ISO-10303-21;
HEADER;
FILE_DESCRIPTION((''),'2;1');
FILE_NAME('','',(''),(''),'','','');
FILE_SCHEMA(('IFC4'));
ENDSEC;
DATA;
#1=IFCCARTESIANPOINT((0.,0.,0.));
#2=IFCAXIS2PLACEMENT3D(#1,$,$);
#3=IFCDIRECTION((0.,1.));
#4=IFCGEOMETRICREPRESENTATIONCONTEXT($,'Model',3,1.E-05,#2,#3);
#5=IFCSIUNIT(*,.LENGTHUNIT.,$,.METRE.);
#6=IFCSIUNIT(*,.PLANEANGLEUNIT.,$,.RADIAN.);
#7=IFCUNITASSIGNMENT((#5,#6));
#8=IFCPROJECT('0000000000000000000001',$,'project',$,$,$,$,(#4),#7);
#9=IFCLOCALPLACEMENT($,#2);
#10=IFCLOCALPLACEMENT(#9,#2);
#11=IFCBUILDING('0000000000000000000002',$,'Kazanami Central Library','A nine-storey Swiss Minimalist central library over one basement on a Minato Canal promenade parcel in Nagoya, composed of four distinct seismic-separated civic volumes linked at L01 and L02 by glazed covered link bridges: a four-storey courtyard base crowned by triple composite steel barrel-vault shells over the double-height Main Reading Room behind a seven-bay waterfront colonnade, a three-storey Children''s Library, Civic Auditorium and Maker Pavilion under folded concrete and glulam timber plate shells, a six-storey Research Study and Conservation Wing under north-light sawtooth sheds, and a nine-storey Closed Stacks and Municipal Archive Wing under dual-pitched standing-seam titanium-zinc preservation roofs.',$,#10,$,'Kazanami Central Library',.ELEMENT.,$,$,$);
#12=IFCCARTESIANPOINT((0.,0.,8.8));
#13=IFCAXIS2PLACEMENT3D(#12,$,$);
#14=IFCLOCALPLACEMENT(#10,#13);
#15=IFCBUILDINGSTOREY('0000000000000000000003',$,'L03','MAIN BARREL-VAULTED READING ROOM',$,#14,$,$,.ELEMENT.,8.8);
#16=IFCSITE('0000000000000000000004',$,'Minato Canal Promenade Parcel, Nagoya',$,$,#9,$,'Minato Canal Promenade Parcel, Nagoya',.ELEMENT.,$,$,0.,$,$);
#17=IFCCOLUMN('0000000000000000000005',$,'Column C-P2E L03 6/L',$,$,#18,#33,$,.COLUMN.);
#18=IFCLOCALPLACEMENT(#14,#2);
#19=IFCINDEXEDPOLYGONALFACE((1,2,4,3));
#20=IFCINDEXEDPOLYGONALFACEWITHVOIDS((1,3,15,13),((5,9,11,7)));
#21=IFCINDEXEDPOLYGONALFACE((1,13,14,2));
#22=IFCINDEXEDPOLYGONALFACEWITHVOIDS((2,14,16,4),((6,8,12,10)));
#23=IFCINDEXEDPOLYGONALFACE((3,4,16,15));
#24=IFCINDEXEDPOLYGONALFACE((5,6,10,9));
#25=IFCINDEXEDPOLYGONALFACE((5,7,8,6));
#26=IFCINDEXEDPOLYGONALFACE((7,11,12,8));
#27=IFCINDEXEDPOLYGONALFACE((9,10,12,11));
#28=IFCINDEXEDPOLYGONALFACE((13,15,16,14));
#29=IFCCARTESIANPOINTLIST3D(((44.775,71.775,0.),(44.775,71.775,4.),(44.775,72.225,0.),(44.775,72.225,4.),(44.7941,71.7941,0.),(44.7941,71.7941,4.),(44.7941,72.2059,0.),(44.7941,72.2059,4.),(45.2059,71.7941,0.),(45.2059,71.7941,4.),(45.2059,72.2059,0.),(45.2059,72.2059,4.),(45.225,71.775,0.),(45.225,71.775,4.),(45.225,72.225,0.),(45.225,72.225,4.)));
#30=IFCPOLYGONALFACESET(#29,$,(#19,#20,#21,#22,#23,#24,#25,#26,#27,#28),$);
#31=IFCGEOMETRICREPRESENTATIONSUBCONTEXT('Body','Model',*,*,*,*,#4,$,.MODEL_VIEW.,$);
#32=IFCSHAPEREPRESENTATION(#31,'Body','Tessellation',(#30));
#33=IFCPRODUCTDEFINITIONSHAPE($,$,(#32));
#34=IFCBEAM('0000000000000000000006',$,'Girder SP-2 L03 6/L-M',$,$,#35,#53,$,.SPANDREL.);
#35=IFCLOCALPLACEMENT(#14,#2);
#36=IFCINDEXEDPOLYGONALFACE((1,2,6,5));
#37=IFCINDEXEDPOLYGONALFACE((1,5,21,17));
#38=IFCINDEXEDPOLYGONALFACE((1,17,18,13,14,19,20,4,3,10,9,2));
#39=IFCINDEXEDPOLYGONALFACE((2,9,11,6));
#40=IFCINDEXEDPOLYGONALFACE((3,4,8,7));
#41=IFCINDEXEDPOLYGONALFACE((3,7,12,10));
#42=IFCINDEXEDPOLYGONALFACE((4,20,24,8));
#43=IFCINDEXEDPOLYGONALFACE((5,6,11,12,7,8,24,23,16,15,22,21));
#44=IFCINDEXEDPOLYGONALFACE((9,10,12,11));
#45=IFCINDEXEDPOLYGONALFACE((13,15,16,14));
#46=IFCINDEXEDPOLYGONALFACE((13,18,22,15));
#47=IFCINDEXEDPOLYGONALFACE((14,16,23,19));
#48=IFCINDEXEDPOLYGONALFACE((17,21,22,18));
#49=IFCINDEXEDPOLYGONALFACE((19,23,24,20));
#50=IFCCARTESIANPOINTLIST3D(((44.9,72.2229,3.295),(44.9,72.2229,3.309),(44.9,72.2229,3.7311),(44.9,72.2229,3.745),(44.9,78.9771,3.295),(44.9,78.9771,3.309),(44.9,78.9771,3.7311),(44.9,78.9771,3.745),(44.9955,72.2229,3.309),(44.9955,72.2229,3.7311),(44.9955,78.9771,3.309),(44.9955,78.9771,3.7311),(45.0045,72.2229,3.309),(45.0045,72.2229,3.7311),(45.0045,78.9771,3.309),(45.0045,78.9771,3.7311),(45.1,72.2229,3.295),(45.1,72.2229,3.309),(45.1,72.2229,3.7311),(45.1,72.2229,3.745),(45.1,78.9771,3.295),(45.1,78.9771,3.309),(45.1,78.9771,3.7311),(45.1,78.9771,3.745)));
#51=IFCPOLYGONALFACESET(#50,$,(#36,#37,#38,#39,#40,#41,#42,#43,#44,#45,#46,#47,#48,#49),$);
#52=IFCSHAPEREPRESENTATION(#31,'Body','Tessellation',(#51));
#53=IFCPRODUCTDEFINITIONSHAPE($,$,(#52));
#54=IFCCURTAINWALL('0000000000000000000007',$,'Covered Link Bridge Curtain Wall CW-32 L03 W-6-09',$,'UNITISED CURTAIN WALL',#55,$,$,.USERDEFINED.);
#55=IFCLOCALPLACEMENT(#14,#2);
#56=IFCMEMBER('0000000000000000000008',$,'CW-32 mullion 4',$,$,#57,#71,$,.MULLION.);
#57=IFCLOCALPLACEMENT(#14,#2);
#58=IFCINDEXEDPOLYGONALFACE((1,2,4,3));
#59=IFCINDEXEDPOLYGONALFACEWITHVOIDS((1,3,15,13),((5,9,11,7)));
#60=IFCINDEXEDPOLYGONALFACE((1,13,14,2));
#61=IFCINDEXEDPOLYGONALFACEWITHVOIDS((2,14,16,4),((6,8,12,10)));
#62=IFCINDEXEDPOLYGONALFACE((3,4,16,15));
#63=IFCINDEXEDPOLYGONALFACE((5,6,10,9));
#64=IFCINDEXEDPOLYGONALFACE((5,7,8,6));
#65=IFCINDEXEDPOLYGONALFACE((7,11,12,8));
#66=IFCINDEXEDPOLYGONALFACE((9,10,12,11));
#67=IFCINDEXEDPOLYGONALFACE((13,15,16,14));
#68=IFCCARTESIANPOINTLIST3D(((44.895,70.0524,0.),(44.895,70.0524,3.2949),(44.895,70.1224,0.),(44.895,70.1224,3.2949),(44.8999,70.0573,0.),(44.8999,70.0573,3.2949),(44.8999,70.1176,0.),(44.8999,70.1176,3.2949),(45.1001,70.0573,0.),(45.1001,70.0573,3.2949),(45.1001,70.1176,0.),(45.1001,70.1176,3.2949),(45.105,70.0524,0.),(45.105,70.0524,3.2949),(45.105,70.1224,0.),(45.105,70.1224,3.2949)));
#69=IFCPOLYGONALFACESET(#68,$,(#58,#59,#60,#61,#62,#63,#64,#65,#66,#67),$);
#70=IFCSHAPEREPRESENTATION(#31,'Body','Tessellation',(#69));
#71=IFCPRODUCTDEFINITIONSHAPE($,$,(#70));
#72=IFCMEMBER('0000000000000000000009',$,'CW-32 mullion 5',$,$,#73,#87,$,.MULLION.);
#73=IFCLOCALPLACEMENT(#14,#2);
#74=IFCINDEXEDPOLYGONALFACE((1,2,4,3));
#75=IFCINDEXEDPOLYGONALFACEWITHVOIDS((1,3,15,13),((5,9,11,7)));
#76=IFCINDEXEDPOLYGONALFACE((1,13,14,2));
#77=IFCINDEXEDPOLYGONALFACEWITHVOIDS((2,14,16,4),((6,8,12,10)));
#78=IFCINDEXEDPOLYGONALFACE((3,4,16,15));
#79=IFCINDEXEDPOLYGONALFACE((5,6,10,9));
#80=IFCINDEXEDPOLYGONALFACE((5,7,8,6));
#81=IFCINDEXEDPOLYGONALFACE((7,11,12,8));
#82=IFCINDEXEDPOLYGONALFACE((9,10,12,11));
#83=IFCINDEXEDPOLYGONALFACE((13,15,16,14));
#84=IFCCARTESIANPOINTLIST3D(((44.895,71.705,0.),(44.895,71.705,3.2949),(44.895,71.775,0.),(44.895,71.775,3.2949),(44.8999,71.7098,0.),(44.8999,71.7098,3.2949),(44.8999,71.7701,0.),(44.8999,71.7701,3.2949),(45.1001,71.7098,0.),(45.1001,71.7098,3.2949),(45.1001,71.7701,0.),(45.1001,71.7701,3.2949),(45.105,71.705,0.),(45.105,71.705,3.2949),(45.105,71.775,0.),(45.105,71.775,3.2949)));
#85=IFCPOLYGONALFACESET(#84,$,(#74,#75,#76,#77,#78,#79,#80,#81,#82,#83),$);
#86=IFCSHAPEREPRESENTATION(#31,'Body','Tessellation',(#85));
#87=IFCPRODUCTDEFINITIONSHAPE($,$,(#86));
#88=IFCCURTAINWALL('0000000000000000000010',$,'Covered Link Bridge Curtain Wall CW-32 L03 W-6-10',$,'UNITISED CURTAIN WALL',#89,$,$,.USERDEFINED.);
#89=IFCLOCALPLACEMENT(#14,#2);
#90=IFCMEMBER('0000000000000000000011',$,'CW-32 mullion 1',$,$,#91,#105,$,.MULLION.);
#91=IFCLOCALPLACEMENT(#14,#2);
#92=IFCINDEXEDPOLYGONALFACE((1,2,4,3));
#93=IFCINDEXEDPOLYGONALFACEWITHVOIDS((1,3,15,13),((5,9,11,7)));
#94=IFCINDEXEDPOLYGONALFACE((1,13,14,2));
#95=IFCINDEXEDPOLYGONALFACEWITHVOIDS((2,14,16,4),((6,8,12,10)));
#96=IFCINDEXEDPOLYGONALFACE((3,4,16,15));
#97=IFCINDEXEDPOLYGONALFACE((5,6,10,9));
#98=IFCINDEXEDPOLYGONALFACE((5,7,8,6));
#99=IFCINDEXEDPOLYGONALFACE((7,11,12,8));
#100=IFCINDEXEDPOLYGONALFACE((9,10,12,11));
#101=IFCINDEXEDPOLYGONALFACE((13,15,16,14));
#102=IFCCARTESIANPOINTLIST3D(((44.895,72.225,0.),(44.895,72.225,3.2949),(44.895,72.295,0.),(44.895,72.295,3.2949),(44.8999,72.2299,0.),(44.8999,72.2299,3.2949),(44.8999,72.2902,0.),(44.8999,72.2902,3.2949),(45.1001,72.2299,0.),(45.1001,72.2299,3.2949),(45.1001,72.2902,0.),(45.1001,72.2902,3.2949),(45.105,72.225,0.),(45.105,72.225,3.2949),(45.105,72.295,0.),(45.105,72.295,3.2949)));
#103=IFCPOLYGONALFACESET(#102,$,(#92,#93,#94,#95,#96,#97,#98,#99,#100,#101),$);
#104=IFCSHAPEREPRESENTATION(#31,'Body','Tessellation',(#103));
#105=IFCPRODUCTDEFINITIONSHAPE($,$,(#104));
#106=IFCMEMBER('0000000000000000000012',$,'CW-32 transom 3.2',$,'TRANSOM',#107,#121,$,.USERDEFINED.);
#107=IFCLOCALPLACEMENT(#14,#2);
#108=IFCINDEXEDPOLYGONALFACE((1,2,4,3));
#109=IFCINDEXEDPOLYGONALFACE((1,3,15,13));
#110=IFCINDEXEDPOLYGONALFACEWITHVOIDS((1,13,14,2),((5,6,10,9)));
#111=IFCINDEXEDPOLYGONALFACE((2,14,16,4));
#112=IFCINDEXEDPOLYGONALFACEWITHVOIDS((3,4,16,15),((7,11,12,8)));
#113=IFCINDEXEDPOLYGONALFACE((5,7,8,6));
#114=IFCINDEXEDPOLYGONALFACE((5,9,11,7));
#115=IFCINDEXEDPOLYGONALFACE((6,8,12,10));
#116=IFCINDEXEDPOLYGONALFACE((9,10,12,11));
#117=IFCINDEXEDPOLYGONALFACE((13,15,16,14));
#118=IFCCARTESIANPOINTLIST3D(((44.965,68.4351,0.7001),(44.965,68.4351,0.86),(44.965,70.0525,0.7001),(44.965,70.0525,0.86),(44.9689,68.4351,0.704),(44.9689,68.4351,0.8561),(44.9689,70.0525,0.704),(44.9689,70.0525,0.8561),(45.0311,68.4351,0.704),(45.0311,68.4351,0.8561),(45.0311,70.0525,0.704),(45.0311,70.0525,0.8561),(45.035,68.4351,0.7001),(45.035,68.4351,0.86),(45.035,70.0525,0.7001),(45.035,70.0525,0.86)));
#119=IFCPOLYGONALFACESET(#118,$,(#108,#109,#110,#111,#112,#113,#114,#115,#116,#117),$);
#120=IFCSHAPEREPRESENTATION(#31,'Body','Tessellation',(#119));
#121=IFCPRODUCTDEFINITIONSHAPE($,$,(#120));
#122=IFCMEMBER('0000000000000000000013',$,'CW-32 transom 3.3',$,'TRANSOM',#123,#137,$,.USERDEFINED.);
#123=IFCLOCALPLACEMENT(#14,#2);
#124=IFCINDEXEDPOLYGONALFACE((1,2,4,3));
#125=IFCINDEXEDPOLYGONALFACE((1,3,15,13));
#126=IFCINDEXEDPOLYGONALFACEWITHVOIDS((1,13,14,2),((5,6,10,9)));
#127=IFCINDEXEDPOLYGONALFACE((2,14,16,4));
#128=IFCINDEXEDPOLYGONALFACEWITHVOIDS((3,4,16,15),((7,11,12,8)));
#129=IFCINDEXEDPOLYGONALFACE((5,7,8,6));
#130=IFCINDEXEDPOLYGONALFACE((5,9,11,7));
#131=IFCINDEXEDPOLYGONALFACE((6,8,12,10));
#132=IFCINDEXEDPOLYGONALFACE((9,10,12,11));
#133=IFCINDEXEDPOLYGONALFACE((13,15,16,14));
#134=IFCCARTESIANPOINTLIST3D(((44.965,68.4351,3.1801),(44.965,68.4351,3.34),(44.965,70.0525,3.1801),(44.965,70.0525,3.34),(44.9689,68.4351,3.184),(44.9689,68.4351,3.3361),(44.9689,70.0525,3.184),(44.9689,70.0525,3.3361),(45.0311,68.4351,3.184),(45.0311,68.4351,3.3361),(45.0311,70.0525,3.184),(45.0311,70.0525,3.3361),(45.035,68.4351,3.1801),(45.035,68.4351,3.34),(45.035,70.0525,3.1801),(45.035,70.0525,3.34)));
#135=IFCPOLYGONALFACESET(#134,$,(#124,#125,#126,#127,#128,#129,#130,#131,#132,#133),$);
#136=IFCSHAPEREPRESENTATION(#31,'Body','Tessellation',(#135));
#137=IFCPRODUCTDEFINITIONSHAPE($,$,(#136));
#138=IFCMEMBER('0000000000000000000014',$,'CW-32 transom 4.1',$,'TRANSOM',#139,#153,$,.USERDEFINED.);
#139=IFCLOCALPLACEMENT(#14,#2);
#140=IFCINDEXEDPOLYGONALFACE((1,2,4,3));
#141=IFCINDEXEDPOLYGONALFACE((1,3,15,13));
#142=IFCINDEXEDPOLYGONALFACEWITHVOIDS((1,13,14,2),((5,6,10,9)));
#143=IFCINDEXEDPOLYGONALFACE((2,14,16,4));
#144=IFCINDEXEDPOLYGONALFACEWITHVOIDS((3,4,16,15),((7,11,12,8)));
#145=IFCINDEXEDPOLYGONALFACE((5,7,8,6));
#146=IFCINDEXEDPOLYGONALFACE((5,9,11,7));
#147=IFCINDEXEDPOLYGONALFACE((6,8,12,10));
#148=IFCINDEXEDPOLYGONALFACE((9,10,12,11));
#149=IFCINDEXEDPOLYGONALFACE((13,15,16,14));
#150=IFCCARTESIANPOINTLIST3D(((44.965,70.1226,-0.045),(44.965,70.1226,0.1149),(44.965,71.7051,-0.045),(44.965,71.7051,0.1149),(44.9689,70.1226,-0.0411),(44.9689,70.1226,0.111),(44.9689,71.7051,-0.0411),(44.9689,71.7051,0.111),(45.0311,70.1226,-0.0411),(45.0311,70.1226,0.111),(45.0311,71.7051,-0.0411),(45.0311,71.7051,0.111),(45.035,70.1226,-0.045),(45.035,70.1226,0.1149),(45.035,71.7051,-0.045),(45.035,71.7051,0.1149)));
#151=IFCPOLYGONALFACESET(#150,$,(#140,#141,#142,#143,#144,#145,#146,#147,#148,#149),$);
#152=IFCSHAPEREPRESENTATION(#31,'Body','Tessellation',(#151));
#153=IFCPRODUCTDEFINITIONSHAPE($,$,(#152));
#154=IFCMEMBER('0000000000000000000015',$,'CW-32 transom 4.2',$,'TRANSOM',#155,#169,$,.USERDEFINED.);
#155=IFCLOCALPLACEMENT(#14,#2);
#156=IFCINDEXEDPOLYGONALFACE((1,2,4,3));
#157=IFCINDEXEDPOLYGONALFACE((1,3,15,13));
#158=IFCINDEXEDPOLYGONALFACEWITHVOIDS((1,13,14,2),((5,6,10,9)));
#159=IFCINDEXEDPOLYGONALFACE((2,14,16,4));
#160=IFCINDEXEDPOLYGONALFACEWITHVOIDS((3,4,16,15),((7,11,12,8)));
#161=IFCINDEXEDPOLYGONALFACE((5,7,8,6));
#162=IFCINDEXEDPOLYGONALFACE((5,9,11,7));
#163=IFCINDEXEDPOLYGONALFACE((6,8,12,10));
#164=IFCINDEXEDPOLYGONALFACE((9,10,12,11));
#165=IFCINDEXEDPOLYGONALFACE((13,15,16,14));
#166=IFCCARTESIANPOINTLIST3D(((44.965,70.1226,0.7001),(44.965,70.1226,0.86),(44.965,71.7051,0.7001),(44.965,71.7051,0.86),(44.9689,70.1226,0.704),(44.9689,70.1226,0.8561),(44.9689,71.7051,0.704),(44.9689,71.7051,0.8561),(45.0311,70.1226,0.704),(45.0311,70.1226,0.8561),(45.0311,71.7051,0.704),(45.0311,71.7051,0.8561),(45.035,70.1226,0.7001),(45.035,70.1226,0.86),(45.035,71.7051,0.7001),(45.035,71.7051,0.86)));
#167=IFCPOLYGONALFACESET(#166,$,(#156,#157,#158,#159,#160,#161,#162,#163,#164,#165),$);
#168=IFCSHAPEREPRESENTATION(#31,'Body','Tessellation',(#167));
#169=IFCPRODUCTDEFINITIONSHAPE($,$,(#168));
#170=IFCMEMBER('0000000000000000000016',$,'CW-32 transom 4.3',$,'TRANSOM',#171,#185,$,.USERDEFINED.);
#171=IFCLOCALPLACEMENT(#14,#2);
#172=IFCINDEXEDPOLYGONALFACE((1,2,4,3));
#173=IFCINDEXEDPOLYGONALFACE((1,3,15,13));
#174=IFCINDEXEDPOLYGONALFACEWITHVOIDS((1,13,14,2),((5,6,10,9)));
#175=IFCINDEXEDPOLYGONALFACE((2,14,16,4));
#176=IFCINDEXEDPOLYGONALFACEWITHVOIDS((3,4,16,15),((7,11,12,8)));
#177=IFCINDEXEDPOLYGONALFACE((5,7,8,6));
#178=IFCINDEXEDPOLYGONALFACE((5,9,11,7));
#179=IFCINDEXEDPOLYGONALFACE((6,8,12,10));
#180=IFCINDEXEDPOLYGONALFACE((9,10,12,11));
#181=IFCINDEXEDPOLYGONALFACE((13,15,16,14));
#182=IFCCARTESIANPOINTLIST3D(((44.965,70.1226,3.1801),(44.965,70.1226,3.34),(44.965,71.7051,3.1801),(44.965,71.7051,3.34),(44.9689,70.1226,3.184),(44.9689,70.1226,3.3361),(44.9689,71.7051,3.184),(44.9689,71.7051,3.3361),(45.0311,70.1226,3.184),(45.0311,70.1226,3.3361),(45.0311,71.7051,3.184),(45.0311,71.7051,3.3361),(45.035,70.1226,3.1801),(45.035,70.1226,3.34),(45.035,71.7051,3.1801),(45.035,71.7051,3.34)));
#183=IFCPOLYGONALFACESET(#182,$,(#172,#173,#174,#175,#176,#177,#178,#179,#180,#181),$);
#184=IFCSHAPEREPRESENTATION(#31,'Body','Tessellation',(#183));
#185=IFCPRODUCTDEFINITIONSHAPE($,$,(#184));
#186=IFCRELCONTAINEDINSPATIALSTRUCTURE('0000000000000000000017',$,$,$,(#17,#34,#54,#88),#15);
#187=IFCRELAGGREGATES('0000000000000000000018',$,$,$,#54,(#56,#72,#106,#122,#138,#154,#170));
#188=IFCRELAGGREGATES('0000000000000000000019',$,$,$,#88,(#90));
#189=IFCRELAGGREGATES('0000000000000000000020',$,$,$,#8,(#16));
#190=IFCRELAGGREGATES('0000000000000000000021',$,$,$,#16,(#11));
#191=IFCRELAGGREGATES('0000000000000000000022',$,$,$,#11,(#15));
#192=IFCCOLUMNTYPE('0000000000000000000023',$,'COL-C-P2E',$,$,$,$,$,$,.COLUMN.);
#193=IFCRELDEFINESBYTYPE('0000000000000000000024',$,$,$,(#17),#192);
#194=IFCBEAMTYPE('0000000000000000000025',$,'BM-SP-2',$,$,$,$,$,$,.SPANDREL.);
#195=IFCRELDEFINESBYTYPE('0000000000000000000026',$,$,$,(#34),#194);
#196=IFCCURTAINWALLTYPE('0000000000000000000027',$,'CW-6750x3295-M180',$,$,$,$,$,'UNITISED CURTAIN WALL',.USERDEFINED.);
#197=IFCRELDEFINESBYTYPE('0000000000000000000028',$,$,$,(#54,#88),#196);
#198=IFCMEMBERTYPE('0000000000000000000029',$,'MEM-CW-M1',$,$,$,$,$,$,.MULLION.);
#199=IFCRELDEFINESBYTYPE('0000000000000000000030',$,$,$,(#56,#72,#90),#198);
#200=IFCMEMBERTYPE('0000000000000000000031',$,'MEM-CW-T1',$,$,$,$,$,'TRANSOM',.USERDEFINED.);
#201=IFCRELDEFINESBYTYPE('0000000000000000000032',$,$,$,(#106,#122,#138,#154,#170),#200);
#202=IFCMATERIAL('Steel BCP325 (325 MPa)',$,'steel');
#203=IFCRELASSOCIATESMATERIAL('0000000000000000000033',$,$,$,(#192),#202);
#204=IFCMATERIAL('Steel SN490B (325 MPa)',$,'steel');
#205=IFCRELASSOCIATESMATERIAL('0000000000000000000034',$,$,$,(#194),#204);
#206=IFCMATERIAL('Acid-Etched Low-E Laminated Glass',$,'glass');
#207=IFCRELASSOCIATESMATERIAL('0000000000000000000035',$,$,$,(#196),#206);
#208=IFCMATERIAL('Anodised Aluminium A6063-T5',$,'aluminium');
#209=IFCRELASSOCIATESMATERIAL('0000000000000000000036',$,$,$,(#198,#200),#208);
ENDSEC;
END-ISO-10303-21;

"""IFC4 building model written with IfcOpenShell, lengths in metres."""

from ifc_helpers import new_model, si_unit, direction, frame, origin, origin_2d, place, context, subcontext, project, spatial, hollow_rectangle, i_section, extrude, material, material_profile, profile_set, type_object, element, aggregate, save


model = new_model("IFC4")

# Units and contexts
model_context = context("Model", 3, precision=1e-05, world=origin(), true_north=direction((0.0, 1.0)))
body_context = subcontext(model_context, "Body", "Model", "MODEL_VIEW")
ifc_project = project(units=[si_unit("LENGTHUNIT", "METRE"), si_unit("PLANEANGLEUNIT", "RADIAN")], contexts=[model_context])

# Site, building, storey
site_placement = place(None, origin())
site = spatial("IfcSite", under=ifc_project, at=site_placement, Name="Minato Canal Promenade Parcel, Nagoya", LongName="Minato Canal Promenade Parcel, Nagoya", CompositionType="ELEMENT", RefElevation=0.0)
building_placement = place(site_placement, origin())
building = spatial("IfcBuilding", under=site, at=building_placement, Name="Kazanami Central Library", Description="A nine-storey Swiss Minimalist central library over one basement on a Minato Canal promenade parcel in Nagoya, composed of four distinct seismic-separated civic volumes linked at L01 and L02 by glazed covered link bridges: a four-storey courtyard base crowned by triple composite steel barrel-vault shells over the double-height Main Reading Room behind a seven-bay waterfront colonnade, a three-storey Children's Library, Civic Auditorium and Maker Pavilion under folded concrete and glulam timber plate shells, a six-storey Research Study and Conservation Wing under north-light sawtooth sheds, and a nine-storey Closed Stacks and Municipal Archive Wing under dual-pitched standing-seam titanium-zinc preservation roofs.", LongName="Kazanami Central Library", CompositionType="ELEMENT")
storey_placement = place(building_placement, frame((0.0, 0.0, 8.8)))
storey = spatial("IfcBuildingStorey", under=building, at=storey_placement, Name="L03", Description="MAIN BARREL-VAULTED READING ROOM", CompositionType="ELEMENT", Elevation=8.8)

# Column
ifc_material_1 = material(Name="Steel BCP325 (325 MPa)", Category="steel")
ifc_material_profile_1 = material_profile(ifc_material_1, hollow_rectangle(XDim=0.45, YDim=0.45, WallThickness=0.019, at=origin_2d()), Name="BCP-450x450x19")
ifc_profile_set_1 = profile_set([ifc_material_profile_1], Name="Steel BCP325 (325 MPa)")
column_type = type_object("IfcColumnType", Name="COL-C-P2E", PredefinedType="COLUMN", material=ifc_profile_set_1)
column_placement = place(storey_placement, frame((45.0, 72.0, 0.0), z_axis=(0.0, 0.0, 1.0), x_axis=(1.0, 0.0, 0.0)))
element("IfcColumn", 1, at=column_placement, inside=storey, type_object=column_type, Name="Column C-P2E L03 6/L", PredefinedType="COLUMN", context=body_context, shape_type="SweptSolid", body=[
    extrude(hollow_rectangle(XDim=0.45, YDim=0.45, WallThickness=0.019, at=origin_2d()), origin(), (0.0, 0.0, 1.0), 4.0),
])

# Beam
ifc_material_2 = material(Name="Steel SN490B (325 MPa)", Category="steel")
ifc_material_profile_2 = material_profile(ifc_material_2, i_section(OverallWidth=0.2, OverallDepth=0.45, WebThickness=0.009, FlangeThickness=0.0139, at=origin_2d()), Name="H-450x200x9x14")
ifc_profile_set_2 = profile_set([ifc_material_profile_2], Name="Steel SN490B (325 MPa)")
beam_type = type_object("IfcBeamType", Name="BM-SP-2", PredefinedType="SPANDREL", material=ifc_profile_set_2)
beam_placement = place(storey_placement, frame((45.0, 72.2229, 3.52), z_axis=(0.0, 1.0, 0.0), x_axis=(-1.0, 0.0, 0.0)))
element("IfcBeam", 2, at=beam_placement, inside=storey, type_object=beam_type, Name="Girder SP-2 L03 6/L-M", PredefinedType="SPANDREL", context=body_context, shape_type="SweptSolid", body=[
    extrude(i_section(OverallWidth=0.2, OverallDepth=0.45, WebThickness=0.009, FlangeThickness=0.0139, at=origin_2d()), origin(), (0.0, 0.0, 1.0), 6.7542),
])

# Curtain wall, members
ifc_material_3 = material(Name="Acid-Etched Low-E Laminated Glass", Category="glass")
curtain_wall_type = type_object("IfcCurtainWallType", Name="CW-6750x3295-M180", ElementType="UNITISED CURTAIN WALL", PredefinedType="USERDEFINED", material=ifc_material_3)
curtain_wall_1_placement = place(storey_placement, origin())
curtain_wall_1 = element("IfcCurtainWall", 3, at=curtain_wall_1_placement, inside=storey, type_object=curtain_wall_type, Name="Covered Link Bridge Curtain Wall CW-32 L03 W-6-09", ObjectType="UNITISED CURTAIN WALL", PredefinedType="USERDEFINED")
ifc_material_4 = material(Name="Anodised Aluminium A6063-T5", Category="aluminium")
ifc_material_profile_3 = material_profile(ifc_material_4, hollow_rectangle(XDim=0.0701, YDim=0.21, WallThickness=0.0049, at=origin_2d()), Name="ALU-MULL-70x210x5")
ifc_profile_set_3 = profile_set([ifc_material_profile_3], Name="Anodised Aluminium A6063-T5")
member_type_1 = type_object("IfcMemberType", Name="MEM-CW-M1", PredefinedType="MULLION", material=ifc_profile_set_3)
member_1_placement = place(storey_placement, frame((45.0, 70.0874, 0.0), z_axis=(0.0, 0.0, 1.0), x_axis=(0.0, 1.0, 0.0)))
member_1 = element("IfcMember", 4, at=member_1_placement, type_object=member_type_1, Name="CW-32 mullion 4", PredefinedType="MULLION", context=body_context, shape_type="SweptSolid", body=[
    extrude(hollow_rectangle(XDim=0.0701, YDim=0.21, WallThickness=0.0049, at=origin_2d()), origin(), (0.0, 0.0, 1.0), 3.2949),
])
member_2_placement = place(storey_placement, frame((45.0, 71.74, 0.0), z_axis=(0.0, 0.0, 1.0), x_axis=(0.0, 1.0, 0.0)))
member_2 = element("IfcMember", 5, at=member_2_placement, type_object=member_type_1, Name="CW-32 mullion 5", PredefinedType="MULLION", context=body_context, shape_type="SweptSolid", body=[
    extrude(hollow_rectangle(XDim=0.0701, YDim=0.21, WallThickness=0.0049, at=origin_2d()), origin(), (0.0, 0.0, 1.0), 3.2949),
])

# Curtain wall, member
curtain_wall_2_placement = place(storey_placement, origin())
curtain_wall_2 = element("IfcCurtainWall", 6, at=curtain_wall_2_placement, inside=storey, type_object=curtain_wall_type, Name="Covered Link Bridge Curtain Wall CW-32 L03 W-6-10", ObjectType="UNITISED CURTAIN WALL", PredefinedType="USERDEFINED")
member_3_placement = place(storey_placement, frame((45.0, 72.26, 0.0), z_axis=(0.0, 0.0, 1.0), x_axis=(0.0, 1.0, 0.0)))
member_3 = element("IfcMember", 7, at=member_3_placement, type_object=member_type_1, Name="CW-32 mullion 1", PredefinedType="MULLION", context=body_context, shape_type="SweptSolid", body=[
    extrude(hollow_rectangle(XDim=0.0701, YDim=0.21, WallThickness=0.0049, at=origin_2d()), origin(), (0.0, 0.0, 1.0), 3.2949),
])

# Members
ifc_material_profile_4 = material_profile(ifc_material_4, hollow_rectangle(XDim=0.0701, YDim=0.1599, WallThickness=0.0039, at=origin_2d()), Name="ALU-TRAN-70x160x4")
ifc_profile_set_4 = profile_set([ifc_material_profile_4], Name="Anodised Aluminium A6063-T5")
member_type_2 = type_object("IfcMemberType", Name="MEM-CW-T1", ElementType="TRANSOM", PredefinedType="USERDEFINED", material=ifc_profile_set_4)
member_4_placement = place(storey_placement, frame((45.0, 68.4351, 0.78), z_axis=(0.0, 1.0, 0.0), x_axis=(-1.0, 0.0, 0.0)))
member_4 = element("IfcMember", 8, at=member_4_placement, type_object=member_type_2, Name="CW-32 transom 3.2", ObjectType="TRANSOM", PredefinedType="USERDEFINED", context=body_context, shape_type="SweptSolid", body=[
    extrude(hollow_rectangle(XDim=0.0701, YDim=0.1599, WallThickness=0.0039, at=origin_2d()), origin(), (0.0, 0.0, 1.0), 1.6174),
])
member_5_placement = place(storey_placement, frame((45.0, 68.4351, 3.26), z_axis=(0.0, 1.0, 0.0), x_axis=(-1.0, 0.0, 0.0)))
member_5 = element("IfcMember", 9, at=member_5_placement, type_object=member_type_2, Name="CW-32 transom 3.3", ObjectType="TRANSOM", PredefinedType="USERDEFINED", context=body_context, shape_type="SweptSolid", body=[
    extrude(hollow_rectangle(XDim=0.0701, YDim=0.1599, WallThickness=0.0039, at=origin_2d()), origin(), (0.0, 0.0, 1.0), 1.6174),
])
member_6_placement = place(storey_placement, frame((45.0, 70.1226, 0.0349), z_axis=(0.0, 1.0, 0.0), x_axis=(-1.0, 0.0, 0.0)))
member_6 = element("IfcMember", 10, at=member_6_placement, type_object=member_type_2, Name="CW-32 transom 4.1", ObjectType="TRANSOM", PredefinedType="USERDEFINED", context=body_context, shape_type="SweptSolid", body=[
    extrude(hollow_rectangle(XDim=0.0701, YDim=0.1599, WallThickness=0.0039, at=origin_2d()), origin(), (0.0, 0.0, 1.0), 1.5825),
])
member_7_placement = place(storey_placement, frame((45.0, 70.1226, 0.78), z_axis=(0.0, 1.0, 0.0), x_axis=(-1.0, 0.0, 0.0)))
member_7 = element("IfcMember", 11, at=member_7_placement, type_object=member_type_2, Name="CW-32 transom 4.2", ObjectType="TRANSOM", PredefinedType="USERDEFINED", context=body_context, shape_type="SweptSolid", body=[
    extrude(hollow_rectangle(XDim=0.0701, YDim=0.1599, WallThickness=0.0039, at=origin_2d()), origin(), (0.0, 0.0, 1.0), 1.5825),
])
member_8_placement = place(storey_placement, frame((45.0, 70.1226, 3.26), z_axis=(0.0, 1.0, 0.0), x_axis=(-1.0, 0.0, 0.0)))
member_8 = element("IfcMember", 12, at=member_8_placement, type_object=member_type_2, Name="CW-32 transom 4.3", ObjectType="TRANSOM", PredefinedType="USERDEFINED", context=body_context, shape_type="SweptSolid", body=[
    extrude(hollow_rectangle(XDim=0.0701, YDim=0.1599, WallThickness=0.0039, at=origin_2d()), origin(), (0.0, 0.0, 1.0), 1.5825),
])

aggregate(curtain_wall_1, [member_1, member_2, member_4, member_5, member_6, member_7, member_8])
aggregate(curtain_wall_2, [member_3])

save(model, "model.ifc")
